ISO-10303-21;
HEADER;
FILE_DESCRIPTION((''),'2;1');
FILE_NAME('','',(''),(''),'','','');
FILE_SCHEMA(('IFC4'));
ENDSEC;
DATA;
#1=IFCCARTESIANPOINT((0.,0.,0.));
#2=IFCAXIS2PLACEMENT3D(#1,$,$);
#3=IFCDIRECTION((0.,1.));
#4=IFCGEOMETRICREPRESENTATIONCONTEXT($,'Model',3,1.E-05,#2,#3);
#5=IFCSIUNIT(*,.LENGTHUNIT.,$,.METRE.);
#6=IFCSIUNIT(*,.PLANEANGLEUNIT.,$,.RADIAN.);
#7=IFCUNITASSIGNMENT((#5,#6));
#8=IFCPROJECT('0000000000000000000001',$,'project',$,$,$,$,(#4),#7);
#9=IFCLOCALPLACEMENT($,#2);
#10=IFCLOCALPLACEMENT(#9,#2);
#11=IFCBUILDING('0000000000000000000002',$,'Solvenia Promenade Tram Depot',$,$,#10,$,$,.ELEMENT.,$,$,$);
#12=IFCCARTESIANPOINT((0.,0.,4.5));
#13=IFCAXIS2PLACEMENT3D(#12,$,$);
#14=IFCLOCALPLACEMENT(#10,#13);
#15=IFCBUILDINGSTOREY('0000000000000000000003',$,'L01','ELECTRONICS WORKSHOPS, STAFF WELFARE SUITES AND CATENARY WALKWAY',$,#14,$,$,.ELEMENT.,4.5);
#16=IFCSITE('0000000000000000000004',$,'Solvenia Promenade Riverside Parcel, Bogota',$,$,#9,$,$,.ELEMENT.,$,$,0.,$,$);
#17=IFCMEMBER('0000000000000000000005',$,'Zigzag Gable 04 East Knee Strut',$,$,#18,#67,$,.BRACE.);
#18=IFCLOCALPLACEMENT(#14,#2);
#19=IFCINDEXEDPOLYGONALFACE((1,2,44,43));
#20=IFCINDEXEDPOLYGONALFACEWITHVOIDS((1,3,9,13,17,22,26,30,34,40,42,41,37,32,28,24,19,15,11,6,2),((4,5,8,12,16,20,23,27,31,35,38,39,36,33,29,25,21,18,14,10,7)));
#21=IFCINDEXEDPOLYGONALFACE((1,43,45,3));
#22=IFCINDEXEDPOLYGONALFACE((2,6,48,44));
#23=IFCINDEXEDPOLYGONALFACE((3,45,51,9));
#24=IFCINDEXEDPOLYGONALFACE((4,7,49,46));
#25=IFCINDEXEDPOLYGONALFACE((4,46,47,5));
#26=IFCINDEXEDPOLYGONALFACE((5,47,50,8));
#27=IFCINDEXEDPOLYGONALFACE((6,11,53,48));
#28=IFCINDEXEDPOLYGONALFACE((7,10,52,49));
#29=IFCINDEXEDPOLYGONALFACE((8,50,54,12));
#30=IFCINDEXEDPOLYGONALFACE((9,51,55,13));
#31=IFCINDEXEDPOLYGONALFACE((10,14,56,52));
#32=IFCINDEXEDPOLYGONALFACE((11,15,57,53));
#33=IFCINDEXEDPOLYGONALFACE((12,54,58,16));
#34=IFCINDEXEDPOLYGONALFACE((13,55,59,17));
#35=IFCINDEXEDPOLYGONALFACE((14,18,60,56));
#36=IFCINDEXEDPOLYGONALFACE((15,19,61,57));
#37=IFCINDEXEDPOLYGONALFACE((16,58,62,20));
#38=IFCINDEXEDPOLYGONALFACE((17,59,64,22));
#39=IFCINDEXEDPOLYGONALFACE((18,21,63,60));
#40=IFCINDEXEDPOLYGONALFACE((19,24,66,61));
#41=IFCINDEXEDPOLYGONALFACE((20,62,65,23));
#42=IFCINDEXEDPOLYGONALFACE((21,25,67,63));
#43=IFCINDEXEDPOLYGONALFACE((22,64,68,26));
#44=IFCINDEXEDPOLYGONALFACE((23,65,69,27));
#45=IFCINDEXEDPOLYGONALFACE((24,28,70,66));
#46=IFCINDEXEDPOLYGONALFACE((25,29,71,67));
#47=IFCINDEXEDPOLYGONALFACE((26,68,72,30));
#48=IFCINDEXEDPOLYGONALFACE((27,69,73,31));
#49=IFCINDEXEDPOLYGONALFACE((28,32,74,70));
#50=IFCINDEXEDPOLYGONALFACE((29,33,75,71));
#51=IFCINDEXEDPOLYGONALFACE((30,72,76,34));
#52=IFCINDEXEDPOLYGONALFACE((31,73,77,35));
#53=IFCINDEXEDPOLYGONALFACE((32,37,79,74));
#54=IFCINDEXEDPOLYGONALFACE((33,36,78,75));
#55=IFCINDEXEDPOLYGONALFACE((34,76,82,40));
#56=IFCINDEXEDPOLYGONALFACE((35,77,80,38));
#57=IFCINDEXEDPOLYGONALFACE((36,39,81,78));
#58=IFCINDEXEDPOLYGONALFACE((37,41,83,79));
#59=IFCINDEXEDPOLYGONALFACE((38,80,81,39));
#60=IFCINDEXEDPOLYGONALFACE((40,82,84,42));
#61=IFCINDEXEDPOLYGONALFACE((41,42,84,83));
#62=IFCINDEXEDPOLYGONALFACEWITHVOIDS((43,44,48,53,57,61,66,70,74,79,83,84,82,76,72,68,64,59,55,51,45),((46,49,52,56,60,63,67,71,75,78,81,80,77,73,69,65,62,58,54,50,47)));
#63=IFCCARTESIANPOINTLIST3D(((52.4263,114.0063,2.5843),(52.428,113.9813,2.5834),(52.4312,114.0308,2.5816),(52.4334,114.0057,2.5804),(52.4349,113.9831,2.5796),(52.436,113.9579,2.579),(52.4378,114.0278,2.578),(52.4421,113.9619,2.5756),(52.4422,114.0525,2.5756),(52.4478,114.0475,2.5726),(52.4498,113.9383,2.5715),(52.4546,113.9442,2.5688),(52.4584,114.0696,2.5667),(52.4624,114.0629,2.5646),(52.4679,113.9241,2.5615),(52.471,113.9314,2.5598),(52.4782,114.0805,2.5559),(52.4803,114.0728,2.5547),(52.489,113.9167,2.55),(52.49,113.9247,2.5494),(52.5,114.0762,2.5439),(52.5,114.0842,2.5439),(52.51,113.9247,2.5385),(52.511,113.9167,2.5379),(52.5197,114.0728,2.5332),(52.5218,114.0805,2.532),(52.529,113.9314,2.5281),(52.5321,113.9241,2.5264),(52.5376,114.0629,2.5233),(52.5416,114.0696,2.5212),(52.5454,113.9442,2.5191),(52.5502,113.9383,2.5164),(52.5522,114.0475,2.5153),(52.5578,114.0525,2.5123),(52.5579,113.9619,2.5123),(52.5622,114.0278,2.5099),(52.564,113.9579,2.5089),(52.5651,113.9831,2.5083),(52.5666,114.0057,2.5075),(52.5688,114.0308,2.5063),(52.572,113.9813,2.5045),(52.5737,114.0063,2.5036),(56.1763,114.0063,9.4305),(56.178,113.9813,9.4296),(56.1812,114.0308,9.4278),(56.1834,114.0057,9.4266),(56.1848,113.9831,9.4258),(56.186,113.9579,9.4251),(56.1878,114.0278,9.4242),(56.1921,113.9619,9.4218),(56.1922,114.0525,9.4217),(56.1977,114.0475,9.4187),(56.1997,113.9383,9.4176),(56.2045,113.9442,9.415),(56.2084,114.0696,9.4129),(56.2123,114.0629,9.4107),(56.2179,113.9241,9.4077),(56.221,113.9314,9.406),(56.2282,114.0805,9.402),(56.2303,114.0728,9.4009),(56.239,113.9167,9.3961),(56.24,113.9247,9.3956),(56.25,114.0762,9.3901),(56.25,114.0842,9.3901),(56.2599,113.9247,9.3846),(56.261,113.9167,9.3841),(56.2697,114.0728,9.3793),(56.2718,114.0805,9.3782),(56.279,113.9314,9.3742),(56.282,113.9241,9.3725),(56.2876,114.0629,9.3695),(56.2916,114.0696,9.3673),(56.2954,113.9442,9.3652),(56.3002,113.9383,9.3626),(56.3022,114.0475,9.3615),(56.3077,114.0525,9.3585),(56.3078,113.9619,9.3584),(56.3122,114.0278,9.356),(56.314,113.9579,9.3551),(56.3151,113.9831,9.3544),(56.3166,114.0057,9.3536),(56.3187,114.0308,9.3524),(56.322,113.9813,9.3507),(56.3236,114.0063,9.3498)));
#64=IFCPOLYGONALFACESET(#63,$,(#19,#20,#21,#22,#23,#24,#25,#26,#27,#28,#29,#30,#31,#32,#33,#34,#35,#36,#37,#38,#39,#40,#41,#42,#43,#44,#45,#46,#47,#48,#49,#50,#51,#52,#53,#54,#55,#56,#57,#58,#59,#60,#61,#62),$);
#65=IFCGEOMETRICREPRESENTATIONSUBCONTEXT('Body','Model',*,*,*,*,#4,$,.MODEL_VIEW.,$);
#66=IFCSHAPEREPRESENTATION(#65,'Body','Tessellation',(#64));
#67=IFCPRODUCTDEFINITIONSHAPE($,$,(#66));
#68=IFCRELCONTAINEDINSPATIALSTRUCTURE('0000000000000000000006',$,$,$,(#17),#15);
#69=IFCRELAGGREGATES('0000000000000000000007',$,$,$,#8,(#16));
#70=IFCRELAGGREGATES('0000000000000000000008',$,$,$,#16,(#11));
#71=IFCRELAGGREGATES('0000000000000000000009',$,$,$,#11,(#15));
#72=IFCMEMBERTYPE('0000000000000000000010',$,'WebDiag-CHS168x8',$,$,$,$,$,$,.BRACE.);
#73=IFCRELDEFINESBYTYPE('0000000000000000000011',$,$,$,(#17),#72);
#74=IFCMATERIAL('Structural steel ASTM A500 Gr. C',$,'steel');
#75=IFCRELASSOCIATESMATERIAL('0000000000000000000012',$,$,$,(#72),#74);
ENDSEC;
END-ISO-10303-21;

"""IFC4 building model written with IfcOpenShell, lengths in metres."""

from ifc_helpers import new_model, si_unit, direction, frame, origin, origin_2d, place, context, subcontext, project, spatial, hollow_circle, extrude, material, material_profile, profile_set, type_object, element, save


model = new_model("IFC4")

# Units and contexts
model_context = context("Model", 3, precision=1e-05, world=origin(), true_north=direction((0.0, 1.0)))
body_context = subcontext(model_context, "Body", "Model", "MODEL_VIEW")
ifc_project = project(units=[si_unit("LENGTHUNIT", "METRE"), si_unit("PLANEANGLEUNIT", "RADIAN")], contexts=[model_context])

# Site, building, storey
site_placement = place(None, origin())
site = spatial("IfcSite", under=ifc_project, at=site_placement, Name="Solvenia Promenade Riverside Parcel, Bogota", CompositionType="ELEMENT", RefElevation=0.0)
building_placement = place(site_placement, origin())
building = spatial("IfcBuilding", under=site, at=building_placement, Name="Solvenia Promenade Tram Depot", CompositionType="ELEMENT")
storey_placement = place(building_placement, frame((0.0, 0.0, 4.5)))
storey = spatial("IfcBuildingStorey", under=building, at=storey_placement, Name="L01", Description="ELECTRONICS WORKSHOPS, STAFF WELFARE SUITES AND CATENARY WALKWAY", CompositionType="ELEMENT", Elevation=4.5)

# Shared definitions
ifc_material_1 = material(Name="Structural steel ASTM A500 Gr. C", Category="steel")

# Member
ifc_material_profile_1 = material_profile(ifc_material_1, hollow_circle(Radius=0.0842, WallThickness=0.0081, at=origin_2d()), Name="CHS168.3x8", Category="steel")
ifc_profile_set_1 = profile_set([ifc_material_profile_1], Name="Structural steel ASTM A500 Gr. C")
member_type_1 = type_object("IfcMemberType", Name="WebDiag-CHS168x8", PredefinedType="BRACE", material=ifc_profile_set_1)
for number, where, z_axis, x_axis, name in (
    (1, (52.5, 114.0, 2.5439), (0.480403, 0.0, 0.877048), (0.0, 1.0, 0.0), "Zigzag Gable 04 East Knee Strut"),
):
    element("IfcMember", number, at=place(storey_placement, frame(where, z_axis=z_axis, x_axis=x_axis)), inside=storey, type_object=member_type_1, Name=name, PredefinedType="BRACE", context=body_context, shape_type="SweptSolid", body=[
        extrude(hollow_circle(Radius=0.0842, WallThickness=0.0081, at=origin_2d()), origin(), (0.0, 0.0, 1.0), 7.8059),
    ])

save(model, "model.ifc")
